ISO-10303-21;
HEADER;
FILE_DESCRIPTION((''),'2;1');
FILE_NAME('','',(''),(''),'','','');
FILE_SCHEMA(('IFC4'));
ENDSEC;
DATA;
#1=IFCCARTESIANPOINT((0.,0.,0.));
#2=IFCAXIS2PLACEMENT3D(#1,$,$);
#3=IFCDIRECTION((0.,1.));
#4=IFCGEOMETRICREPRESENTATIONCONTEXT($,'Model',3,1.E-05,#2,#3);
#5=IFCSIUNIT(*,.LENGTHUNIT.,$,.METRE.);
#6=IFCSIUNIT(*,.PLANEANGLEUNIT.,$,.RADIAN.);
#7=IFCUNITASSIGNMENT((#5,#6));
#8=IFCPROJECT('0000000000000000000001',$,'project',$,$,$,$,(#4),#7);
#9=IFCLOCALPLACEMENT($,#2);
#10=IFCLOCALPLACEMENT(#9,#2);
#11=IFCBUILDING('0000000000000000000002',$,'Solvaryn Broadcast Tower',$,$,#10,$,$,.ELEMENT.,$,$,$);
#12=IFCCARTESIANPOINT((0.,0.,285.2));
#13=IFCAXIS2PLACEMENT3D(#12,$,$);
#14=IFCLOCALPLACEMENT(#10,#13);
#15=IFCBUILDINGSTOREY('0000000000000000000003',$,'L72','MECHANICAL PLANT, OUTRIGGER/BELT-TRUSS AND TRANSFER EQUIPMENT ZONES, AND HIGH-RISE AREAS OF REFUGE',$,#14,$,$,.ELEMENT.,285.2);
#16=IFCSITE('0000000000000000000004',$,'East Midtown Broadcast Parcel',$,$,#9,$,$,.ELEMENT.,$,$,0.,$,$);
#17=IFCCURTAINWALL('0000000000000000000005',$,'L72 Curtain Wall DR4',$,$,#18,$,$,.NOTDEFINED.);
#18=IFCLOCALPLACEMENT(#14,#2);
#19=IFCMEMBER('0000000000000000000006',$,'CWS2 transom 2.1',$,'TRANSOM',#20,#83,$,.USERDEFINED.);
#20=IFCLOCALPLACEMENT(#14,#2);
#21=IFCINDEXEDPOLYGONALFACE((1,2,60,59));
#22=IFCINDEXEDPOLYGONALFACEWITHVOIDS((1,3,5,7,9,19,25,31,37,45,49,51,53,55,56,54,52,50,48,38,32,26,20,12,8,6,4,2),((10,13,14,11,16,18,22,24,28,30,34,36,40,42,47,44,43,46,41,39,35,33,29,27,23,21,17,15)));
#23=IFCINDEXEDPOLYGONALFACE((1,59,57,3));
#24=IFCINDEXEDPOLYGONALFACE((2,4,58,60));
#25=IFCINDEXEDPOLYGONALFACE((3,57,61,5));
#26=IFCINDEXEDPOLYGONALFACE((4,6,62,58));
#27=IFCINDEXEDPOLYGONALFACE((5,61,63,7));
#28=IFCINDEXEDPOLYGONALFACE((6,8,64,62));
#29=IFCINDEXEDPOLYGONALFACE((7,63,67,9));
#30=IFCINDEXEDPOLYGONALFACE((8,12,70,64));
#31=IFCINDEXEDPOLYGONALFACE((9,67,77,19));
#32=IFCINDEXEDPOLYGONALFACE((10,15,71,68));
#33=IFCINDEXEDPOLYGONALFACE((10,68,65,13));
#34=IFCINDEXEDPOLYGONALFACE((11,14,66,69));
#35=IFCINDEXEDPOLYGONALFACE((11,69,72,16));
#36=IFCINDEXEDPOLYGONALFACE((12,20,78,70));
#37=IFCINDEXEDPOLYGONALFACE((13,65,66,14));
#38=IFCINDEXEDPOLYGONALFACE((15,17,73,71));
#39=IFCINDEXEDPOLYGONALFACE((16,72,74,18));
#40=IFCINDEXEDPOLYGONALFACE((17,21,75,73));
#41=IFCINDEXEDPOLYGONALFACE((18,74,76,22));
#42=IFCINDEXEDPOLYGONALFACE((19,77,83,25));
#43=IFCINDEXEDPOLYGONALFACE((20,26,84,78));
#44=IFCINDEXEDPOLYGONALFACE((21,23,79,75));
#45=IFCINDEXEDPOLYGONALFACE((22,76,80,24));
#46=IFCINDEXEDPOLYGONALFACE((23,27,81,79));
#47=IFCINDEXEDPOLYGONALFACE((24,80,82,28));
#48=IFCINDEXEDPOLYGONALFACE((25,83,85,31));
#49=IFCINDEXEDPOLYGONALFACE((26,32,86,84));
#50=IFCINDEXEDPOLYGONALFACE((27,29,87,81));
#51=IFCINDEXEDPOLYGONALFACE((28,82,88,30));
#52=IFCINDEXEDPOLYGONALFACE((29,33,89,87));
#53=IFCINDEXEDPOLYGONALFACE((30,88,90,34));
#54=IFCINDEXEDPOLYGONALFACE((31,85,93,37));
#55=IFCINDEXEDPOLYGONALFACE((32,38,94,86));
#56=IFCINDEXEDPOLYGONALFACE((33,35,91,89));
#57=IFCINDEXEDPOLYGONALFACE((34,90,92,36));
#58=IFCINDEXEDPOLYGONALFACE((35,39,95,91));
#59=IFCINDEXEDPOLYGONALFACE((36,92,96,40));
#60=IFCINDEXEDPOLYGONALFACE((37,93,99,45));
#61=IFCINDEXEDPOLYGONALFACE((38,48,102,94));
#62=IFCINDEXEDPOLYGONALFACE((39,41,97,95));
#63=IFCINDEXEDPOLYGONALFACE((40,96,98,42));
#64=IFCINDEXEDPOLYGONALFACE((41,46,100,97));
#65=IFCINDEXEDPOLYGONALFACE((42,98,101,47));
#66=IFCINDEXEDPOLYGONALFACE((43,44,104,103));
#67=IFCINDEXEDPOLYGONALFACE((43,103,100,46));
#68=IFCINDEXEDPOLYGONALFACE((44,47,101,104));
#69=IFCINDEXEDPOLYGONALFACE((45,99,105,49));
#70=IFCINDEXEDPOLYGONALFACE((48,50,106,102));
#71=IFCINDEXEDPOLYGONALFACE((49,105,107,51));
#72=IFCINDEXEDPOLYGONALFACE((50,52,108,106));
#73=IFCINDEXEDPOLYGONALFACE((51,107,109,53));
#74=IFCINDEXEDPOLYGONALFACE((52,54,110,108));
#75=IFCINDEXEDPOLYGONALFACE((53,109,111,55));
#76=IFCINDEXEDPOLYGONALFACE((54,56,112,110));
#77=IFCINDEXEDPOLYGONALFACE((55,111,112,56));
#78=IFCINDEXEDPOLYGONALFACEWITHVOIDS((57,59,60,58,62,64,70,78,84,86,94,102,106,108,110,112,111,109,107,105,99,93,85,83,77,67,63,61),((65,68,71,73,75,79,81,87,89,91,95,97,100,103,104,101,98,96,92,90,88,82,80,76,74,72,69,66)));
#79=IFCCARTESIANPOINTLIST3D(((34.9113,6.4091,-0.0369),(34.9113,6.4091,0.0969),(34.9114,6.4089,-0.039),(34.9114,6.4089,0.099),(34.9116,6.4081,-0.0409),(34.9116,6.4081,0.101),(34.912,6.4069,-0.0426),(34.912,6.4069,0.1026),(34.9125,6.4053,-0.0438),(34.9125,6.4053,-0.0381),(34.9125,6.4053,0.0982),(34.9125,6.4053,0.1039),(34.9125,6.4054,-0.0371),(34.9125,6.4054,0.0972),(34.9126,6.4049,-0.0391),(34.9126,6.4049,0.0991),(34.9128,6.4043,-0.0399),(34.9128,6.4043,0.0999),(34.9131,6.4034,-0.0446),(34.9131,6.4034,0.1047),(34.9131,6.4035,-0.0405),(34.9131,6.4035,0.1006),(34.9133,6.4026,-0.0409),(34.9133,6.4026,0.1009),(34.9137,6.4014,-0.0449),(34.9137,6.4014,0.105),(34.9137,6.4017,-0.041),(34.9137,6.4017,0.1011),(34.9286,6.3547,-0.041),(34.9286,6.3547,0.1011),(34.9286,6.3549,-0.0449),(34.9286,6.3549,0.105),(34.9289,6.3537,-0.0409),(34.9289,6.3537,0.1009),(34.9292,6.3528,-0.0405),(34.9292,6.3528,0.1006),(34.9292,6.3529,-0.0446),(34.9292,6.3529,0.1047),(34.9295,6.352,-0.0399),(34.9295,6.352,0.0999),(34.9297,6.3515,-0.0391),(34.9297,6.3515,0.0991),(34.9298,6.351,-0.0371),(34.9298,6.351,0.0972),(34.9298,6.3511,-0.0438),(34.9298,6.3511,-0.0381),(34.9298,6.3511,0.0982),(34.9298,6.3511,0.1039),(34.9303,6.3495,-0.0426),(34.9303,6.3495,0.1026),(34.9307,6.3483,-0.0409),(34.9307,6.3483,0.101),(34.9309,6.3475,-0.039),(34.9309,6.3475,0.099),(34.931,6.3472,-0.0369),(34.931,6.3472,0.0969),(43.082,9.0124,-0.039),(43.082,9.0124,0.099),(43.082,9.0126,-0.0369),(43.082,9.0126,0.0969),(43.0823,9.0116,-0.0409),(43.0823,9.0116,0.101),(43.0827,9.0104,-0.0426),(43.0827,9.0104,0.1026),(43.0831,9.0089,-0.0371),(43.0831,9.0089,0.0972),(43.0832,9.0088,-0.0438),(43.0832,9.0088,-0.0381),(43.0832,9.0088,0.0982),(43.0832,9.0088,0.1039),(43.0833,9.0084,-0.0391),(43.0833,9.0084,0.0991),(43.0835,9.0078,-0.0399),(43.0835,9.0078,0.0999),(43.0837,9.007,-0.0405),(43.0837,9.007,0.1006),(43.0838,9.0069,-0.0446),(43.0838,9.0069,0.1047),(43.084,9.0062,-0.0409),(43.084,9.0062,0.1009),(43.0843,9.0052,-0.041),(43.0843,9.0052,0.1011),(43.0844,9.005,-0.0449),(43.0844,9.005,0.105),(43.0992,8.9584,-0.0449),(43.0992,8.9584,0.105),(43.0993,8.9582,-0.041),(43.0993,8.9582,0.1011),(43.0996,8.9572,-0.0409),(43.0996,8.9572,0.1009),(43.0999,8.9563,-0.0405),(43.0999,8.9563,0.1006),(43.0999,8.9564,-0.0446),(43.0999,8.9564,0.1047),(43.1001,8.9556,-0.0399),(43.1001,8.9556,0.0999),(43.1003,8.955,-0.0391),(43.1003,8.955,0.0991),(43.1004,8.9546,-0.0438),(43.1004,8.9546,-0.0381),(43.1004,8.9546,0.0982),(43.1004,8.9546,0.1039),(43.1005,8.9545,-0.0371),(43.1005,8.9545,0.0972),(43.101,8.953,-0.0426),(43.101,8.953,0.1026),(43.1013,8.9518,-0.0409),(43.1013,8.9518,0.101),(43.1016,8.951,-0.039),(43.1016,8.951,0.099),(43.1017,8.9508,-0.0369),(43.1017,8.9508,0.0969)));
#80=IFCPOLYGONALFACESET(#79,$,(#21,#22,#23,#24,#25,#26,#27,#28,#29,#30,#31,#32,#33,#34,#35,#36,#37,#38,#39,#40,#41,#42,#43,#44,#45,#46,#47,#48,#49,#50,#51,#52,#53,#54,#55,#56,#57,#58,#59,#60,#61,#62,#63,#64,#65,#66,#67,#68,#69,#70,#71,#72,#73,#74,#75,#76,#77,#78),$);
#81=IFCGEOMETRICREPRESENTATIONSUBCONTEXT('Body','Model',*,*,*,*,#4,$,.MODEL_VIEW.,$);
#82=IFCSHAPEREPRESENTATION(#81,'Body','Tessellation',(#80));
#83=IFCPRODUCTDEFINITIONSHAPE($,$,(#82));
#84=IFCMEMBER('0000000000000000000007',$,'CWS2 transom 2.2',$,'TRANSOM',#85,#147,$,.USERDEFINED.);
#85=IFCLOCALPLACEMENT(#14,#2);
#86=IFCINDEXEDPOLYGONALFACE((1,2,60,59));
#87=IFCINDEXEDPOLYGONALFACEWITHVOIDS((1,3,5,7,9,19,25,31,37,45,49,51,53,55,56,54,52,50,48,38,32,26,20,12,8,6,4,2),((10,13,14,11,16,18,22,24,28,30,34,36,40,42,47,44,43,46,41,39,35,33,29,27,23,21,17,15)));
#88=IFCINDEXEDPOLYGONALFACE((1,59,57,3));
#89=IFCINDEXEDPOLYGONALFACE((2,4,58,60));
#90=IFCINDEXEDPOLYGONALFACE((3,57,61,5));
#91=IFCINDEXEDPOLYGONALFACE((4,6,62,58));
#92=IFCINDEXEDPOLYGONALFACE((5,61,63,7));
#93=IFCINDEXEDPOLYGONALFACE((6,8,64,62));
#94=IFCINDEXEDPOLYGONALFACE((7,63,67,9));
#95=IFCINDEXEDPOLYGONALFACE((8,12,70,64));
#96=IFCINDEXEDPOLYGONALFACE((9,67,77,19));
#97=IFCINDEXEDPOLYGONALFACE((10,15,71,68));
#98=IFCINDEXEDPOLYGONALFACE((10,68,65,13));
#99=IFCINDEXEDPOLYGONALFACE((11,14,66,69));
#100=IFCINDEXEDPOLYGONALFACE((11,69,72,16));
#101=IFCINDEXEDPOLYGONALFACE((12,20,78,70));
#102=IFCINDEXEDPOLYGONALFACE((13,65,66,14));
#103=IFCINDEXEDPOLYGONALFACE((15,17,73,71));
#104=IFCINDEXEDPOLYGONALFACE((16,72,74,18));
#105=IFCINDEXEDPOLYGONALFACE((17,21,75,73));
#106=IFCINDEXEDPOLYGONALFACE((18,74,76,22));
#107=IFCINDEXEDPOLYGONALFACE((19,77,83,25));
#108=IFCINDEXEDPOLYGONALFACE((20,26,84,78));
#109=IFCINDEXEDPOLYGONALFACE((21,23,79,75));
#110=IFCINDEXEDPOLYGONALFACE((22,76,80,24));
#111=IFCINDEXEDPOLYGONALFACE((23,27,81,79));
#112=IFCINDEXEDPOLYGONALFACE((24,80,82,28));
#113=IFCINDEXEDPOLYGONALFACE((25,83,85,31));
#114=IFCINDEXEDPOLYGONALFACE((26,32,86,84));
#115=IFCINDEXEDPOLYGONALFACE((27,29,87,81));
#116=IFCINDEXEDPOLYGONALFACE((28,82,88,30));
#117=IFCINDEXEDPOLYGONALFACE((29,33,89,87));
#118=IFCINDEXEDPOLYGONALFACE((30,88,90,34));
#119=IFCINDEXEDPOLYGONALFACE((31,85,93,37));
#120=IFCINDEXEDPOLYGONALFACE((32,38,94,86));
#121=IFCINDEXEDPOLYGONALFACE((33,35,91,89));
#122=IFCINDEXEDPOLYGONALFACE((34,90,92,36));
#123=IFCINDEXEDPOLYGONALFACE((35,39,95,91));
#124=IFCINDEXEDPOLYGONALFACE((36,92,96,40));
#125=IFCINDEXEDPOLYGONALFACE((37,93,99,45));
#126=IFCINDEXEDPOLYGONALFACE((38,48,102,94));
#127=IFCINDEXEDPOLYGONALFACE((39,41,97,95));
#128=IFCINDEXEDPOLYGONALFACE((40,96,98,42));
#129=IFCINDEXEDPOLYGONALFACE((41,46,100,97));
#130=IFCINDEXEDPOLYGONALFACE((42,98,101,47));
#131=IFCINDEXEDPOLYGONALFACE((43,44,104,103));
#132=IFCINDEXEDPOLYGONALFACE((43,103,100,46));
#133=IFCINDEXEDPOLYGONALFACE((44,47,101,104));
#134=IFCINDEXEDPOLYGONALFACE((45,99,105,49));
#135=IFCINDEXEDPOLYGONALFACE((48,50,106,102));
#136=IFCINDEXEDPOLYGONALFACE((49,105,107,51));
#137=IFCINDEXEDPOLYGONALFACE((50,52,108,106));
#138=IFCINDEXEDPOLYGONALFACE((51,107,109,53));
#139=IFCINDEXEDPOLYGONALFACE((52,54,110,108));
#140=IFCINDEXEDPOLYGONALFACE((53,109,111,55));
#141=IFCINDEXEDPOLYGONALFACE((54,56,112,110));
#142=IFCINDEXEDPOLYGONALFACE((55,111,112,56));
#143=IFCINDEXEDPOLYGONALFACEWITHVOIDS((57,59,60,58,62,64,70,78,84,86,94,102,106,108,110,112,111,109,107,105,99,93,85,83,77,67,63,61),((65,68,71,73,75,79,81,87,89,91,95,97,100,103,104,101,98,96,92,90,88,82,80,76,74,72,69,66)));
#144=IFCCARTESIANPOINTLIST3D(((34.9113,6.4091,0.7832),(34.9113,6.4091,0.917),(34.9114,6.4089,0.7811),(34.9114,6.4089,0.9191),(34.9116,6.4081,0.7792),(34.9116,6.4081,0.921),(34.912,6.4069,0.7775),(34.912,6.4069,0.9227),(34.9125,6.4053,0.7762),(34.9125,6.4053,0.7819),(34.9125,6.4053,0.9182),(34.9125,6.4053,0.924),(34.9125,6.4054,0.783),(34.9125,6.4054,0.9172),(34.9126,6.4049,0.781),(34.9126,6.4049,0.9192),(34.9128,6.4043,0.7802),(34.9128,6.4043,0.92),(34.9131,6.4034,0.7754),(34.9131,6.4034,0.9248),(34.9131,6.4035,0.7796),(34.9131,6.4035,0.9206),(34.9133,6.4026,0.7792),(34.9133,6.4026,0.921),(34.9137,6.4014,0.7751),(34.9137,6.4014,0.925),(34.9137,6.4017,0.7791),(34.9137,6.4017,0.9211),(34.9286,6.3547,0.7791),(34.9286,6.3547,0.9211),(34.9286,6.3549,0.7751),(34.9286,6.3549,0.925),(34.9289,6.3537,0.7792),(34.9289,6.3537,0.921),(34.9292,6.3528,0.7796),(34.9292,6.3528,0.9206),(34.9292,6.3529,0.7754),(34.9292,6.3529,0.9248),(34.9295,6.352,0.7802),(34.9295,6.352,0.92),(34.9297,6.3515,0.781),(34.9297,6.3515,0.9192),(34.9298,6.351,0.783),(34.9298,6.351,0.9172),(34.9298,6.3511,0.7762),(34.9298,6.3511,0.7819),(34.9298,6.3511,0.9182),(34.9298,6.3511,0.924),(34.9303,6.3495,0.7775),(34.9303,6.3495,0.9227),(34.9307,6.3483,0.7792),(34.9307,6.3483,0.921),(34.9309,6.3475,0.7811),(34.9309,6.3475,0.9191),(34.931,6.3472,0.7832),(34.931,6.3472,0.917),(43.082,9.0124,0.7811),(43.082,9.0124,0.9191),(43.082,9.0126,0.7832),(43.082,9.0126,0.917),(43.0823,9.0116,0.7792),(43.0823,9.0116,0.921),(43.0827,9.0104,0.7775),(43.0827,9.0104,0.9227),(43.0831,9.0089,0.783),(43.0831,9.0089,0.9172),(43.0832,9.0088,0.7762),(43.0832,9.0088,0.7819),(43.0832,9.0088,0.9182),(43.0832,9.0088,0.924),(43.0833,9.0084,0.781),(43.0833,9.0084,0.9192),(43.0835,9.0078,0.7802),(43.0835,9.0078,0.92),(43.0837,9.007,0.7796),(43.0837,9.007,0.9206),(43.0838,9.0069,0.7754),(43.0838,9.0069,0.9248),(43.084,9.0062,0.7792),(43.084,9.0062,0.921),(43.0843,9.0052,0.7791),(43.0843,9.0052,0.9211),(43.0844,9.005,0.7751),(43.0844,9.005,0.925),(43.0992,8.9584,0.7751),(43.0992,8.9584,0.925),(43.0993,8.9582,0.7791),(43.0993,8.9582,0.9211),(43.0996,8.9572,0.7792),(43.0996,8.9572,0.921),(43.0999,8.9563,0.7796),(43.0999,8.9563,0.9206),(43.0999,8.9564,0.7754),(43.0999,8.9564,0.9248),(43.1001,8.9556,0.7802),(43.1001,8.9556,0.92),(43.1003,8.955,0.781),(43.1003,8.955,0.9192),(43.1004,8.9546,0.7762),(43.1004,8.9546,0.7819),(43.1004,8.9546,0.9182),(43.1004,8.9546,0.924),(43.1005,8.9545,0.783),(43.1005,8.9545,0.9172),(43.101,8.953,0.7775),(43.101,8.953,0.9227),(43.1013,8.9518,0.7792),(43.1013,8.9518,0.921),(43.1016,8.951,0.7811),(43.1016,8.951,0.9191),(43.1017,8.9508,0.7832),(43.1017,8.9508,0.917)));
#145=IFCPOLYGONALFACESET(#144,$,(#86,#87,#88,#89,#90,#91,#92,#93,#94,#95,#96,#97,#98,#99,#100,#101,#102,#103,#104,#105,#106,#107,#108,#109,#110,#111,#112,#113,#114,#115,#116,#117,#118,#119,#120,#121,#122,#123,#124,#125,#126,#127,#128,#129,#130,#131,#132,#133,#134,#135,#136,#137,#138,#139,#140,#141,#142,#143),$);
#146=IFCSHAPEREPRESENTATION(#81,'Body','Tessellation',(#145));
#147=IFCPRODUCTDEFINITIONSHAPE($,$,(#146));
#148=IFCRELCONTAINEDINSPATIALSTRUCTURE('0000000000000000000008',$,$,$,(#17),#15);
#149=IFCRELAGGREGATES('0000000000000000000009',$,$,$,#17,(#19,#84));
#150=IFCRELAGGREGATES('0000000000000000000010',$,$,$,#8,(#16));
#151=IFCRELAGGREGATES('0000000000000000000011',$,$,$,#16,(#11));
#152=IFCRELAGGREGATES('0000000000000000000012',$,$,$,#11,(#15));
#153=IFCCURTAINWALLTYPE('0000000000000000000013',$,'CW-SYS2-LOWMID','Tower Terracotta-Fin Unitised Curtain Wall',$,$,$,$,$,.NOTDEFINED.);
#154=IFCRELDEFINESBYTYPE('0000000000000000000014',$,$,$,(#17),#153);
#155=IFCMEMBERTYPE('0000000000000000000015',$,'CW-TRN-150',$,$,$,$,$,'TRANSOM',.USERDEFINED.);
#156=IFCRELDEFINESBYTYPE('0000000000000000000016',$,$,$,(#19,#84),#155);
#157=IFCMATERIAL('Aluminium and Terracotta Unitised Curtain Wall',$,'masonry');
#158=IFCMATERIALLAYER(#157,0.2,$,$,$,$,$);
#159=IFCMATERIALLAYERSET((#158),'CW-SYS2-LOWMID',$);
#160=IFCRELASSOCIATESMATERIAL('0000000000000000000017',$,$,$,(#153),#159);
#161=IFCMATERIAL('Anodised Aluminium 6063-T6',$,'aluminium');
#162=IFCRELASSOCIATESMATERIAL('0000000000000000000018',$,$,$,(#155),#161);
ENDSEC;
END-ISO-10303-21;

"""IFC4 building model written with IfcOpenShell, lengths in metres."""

from ifc_helpers import new_model, si_unit, direction, frame, origin, origin_2d, place, context, subcontext, project, spatial, hollow_rectangle, extrude, material, layer, layer_set, material_profile, profile_set, type_object, element, aggregate, save


model = new_model("IFC4")

# Units and contexts
model_context = context("Model", 3, precision=1e-05, world=origin(), true_north=direction((0.0, 1.0)))
body_context = subcontext(model_context, "Body", "Model", "MODEL_VIEW")
ifc_project = project(units=[si_unit("LENGTHUNIT", "METRE"), si_unit("PLANEANGLEUNIT", "RADIAN")], contexts=[model_context])

# Site, building, storey
site_placement = place(None, origin())
site = spatial("IfcSite", under=ifc_project, at=site_placement, Name="East Midtown Broadcast Parcel", CompositionType="ELEMENT", RefElevation=0.0)
building_placement = place(site_placement, origin())
building = spatial("IfcBuilding", under=site, at=building_placement, Name="Solvaryn Broadcast Tower", CompositionType="ELEMENT")
storey_placement = place(building_placement, frame((0.0, 0.0, 285.2)))
storey = spatial("IfcBuildingStorey", under=building, at=storey_placement, Name="L72", Description="MECHANICAL PLANT, OUTRIGGER/BELT-TRUSS AND TRANSFER EQUIPMENT ZONES, AND HIGH-RISE AREAS OF REFUGE", CompositionType="ELEMENT", Elevation=285.2)

# Shared definitions
ifc_material_1 = material(Name="Aluminium and Terracotta Unitised Curtain Wall", Category="masonry")
ifc_layer_1 = layer(ifc_material_1, 0.2)
ifc_layer_set_1 = layer_set([ifc_layer_1], Name="CW-SYS2-LOWMID")
curtain_wall_type = type_object("IfcCurtainWallType", Name="CW-SYS2-LOWMID", Description="Tower Terracotta-Fin Unitised Curtain Wall", PredefinedType="NOTDEFINED", material=ifc_layer_set_1)

# Curtain wall, members
curtain_wall_1_placement = place(storey_placement, origin())
curtain_wall_1 = element("IfcCurtainWall", 1, at=curtain_wall_1_placement, inside=storey, type_object=curtain_wall_type, Name="L72 Curtain Wall DR4", PredefinedType="NOTDEFINED")
ifc_material_2 = material(Name="Anodised Aluminium 6063-T6", Category="aluminium")
ifc_material_profile_1 = material_profile(ifc_material_2, hollow_rectangle(XDim=0.0649, YDim=0.1499, WallThickness=0.0039, InnerFilletRadius=0.0039, OuterFilletRadius=0.0081, at=origin_2d()))
ifc_profile_set_1 = profile_set([ifc_material_profile_1], Name="Anodised Aluminium 6063-T6")
member_type_1 = type_object("IfcMemberType", Name="CW-TRN-150", ElementType="TRANSOM", PredefinedType="USERDEFINED", material=ifc_profile_set_1)
member_1_placement = place(storey_placement, frame((34.9211, 6.3782, 0.03), z_axis=(0.952799, 0.303602, 0.0), x_axis=(-0.303602, 0.952799, 0.0)))
member_1 = element("IfcMember", 2, at=member_1_placement, type_object=member_type_1, Name="CWS2 transom 2.1", ObjectType="TRANSOM", PredefinedType="USERDEFINED", context=body_context, shape_type="SweptSolid", body=[
    extrude(hollow_rectangle(XDim=0.0649, YDim=0.1499, WallThickness=0.0039, InnerFilletRadius=0.0039, OuterFilletRadius=0.0081, at=origin_2d()), origin(), (0.0, 0.0, 1.0), 8.5754),
])
member_2_placement = place(storey_placement, frame((34.9211, 6.3782, 0.8501), z_axis=(0.952799, 0.303602, 0.0), x_axis=(-0.303602, 0.952799, 0.0)))
member_2 = element("IfcMember", 3, at=member_2_placement, type_object=member_type_1, Name="CWS2 transom 2.2", ObjectType="TRANSOM", PredefinedType="USERDEFINED", context=body_context, shape_type="SweptSolid", body=[
    extrude(hollow_rectangle(XDim=0.0649, YDim=0.1499, WallThickness=0.0039, InnerFilletRadius=0.0039, OuterFilletRadius=0.0081, at=origin_2d()), origin(), (0.0, 0.0, 1.0), 8.5754),
])

aggregate(curtain_wall_1, [member_1, member_2])

save(model, "model.ifc")
